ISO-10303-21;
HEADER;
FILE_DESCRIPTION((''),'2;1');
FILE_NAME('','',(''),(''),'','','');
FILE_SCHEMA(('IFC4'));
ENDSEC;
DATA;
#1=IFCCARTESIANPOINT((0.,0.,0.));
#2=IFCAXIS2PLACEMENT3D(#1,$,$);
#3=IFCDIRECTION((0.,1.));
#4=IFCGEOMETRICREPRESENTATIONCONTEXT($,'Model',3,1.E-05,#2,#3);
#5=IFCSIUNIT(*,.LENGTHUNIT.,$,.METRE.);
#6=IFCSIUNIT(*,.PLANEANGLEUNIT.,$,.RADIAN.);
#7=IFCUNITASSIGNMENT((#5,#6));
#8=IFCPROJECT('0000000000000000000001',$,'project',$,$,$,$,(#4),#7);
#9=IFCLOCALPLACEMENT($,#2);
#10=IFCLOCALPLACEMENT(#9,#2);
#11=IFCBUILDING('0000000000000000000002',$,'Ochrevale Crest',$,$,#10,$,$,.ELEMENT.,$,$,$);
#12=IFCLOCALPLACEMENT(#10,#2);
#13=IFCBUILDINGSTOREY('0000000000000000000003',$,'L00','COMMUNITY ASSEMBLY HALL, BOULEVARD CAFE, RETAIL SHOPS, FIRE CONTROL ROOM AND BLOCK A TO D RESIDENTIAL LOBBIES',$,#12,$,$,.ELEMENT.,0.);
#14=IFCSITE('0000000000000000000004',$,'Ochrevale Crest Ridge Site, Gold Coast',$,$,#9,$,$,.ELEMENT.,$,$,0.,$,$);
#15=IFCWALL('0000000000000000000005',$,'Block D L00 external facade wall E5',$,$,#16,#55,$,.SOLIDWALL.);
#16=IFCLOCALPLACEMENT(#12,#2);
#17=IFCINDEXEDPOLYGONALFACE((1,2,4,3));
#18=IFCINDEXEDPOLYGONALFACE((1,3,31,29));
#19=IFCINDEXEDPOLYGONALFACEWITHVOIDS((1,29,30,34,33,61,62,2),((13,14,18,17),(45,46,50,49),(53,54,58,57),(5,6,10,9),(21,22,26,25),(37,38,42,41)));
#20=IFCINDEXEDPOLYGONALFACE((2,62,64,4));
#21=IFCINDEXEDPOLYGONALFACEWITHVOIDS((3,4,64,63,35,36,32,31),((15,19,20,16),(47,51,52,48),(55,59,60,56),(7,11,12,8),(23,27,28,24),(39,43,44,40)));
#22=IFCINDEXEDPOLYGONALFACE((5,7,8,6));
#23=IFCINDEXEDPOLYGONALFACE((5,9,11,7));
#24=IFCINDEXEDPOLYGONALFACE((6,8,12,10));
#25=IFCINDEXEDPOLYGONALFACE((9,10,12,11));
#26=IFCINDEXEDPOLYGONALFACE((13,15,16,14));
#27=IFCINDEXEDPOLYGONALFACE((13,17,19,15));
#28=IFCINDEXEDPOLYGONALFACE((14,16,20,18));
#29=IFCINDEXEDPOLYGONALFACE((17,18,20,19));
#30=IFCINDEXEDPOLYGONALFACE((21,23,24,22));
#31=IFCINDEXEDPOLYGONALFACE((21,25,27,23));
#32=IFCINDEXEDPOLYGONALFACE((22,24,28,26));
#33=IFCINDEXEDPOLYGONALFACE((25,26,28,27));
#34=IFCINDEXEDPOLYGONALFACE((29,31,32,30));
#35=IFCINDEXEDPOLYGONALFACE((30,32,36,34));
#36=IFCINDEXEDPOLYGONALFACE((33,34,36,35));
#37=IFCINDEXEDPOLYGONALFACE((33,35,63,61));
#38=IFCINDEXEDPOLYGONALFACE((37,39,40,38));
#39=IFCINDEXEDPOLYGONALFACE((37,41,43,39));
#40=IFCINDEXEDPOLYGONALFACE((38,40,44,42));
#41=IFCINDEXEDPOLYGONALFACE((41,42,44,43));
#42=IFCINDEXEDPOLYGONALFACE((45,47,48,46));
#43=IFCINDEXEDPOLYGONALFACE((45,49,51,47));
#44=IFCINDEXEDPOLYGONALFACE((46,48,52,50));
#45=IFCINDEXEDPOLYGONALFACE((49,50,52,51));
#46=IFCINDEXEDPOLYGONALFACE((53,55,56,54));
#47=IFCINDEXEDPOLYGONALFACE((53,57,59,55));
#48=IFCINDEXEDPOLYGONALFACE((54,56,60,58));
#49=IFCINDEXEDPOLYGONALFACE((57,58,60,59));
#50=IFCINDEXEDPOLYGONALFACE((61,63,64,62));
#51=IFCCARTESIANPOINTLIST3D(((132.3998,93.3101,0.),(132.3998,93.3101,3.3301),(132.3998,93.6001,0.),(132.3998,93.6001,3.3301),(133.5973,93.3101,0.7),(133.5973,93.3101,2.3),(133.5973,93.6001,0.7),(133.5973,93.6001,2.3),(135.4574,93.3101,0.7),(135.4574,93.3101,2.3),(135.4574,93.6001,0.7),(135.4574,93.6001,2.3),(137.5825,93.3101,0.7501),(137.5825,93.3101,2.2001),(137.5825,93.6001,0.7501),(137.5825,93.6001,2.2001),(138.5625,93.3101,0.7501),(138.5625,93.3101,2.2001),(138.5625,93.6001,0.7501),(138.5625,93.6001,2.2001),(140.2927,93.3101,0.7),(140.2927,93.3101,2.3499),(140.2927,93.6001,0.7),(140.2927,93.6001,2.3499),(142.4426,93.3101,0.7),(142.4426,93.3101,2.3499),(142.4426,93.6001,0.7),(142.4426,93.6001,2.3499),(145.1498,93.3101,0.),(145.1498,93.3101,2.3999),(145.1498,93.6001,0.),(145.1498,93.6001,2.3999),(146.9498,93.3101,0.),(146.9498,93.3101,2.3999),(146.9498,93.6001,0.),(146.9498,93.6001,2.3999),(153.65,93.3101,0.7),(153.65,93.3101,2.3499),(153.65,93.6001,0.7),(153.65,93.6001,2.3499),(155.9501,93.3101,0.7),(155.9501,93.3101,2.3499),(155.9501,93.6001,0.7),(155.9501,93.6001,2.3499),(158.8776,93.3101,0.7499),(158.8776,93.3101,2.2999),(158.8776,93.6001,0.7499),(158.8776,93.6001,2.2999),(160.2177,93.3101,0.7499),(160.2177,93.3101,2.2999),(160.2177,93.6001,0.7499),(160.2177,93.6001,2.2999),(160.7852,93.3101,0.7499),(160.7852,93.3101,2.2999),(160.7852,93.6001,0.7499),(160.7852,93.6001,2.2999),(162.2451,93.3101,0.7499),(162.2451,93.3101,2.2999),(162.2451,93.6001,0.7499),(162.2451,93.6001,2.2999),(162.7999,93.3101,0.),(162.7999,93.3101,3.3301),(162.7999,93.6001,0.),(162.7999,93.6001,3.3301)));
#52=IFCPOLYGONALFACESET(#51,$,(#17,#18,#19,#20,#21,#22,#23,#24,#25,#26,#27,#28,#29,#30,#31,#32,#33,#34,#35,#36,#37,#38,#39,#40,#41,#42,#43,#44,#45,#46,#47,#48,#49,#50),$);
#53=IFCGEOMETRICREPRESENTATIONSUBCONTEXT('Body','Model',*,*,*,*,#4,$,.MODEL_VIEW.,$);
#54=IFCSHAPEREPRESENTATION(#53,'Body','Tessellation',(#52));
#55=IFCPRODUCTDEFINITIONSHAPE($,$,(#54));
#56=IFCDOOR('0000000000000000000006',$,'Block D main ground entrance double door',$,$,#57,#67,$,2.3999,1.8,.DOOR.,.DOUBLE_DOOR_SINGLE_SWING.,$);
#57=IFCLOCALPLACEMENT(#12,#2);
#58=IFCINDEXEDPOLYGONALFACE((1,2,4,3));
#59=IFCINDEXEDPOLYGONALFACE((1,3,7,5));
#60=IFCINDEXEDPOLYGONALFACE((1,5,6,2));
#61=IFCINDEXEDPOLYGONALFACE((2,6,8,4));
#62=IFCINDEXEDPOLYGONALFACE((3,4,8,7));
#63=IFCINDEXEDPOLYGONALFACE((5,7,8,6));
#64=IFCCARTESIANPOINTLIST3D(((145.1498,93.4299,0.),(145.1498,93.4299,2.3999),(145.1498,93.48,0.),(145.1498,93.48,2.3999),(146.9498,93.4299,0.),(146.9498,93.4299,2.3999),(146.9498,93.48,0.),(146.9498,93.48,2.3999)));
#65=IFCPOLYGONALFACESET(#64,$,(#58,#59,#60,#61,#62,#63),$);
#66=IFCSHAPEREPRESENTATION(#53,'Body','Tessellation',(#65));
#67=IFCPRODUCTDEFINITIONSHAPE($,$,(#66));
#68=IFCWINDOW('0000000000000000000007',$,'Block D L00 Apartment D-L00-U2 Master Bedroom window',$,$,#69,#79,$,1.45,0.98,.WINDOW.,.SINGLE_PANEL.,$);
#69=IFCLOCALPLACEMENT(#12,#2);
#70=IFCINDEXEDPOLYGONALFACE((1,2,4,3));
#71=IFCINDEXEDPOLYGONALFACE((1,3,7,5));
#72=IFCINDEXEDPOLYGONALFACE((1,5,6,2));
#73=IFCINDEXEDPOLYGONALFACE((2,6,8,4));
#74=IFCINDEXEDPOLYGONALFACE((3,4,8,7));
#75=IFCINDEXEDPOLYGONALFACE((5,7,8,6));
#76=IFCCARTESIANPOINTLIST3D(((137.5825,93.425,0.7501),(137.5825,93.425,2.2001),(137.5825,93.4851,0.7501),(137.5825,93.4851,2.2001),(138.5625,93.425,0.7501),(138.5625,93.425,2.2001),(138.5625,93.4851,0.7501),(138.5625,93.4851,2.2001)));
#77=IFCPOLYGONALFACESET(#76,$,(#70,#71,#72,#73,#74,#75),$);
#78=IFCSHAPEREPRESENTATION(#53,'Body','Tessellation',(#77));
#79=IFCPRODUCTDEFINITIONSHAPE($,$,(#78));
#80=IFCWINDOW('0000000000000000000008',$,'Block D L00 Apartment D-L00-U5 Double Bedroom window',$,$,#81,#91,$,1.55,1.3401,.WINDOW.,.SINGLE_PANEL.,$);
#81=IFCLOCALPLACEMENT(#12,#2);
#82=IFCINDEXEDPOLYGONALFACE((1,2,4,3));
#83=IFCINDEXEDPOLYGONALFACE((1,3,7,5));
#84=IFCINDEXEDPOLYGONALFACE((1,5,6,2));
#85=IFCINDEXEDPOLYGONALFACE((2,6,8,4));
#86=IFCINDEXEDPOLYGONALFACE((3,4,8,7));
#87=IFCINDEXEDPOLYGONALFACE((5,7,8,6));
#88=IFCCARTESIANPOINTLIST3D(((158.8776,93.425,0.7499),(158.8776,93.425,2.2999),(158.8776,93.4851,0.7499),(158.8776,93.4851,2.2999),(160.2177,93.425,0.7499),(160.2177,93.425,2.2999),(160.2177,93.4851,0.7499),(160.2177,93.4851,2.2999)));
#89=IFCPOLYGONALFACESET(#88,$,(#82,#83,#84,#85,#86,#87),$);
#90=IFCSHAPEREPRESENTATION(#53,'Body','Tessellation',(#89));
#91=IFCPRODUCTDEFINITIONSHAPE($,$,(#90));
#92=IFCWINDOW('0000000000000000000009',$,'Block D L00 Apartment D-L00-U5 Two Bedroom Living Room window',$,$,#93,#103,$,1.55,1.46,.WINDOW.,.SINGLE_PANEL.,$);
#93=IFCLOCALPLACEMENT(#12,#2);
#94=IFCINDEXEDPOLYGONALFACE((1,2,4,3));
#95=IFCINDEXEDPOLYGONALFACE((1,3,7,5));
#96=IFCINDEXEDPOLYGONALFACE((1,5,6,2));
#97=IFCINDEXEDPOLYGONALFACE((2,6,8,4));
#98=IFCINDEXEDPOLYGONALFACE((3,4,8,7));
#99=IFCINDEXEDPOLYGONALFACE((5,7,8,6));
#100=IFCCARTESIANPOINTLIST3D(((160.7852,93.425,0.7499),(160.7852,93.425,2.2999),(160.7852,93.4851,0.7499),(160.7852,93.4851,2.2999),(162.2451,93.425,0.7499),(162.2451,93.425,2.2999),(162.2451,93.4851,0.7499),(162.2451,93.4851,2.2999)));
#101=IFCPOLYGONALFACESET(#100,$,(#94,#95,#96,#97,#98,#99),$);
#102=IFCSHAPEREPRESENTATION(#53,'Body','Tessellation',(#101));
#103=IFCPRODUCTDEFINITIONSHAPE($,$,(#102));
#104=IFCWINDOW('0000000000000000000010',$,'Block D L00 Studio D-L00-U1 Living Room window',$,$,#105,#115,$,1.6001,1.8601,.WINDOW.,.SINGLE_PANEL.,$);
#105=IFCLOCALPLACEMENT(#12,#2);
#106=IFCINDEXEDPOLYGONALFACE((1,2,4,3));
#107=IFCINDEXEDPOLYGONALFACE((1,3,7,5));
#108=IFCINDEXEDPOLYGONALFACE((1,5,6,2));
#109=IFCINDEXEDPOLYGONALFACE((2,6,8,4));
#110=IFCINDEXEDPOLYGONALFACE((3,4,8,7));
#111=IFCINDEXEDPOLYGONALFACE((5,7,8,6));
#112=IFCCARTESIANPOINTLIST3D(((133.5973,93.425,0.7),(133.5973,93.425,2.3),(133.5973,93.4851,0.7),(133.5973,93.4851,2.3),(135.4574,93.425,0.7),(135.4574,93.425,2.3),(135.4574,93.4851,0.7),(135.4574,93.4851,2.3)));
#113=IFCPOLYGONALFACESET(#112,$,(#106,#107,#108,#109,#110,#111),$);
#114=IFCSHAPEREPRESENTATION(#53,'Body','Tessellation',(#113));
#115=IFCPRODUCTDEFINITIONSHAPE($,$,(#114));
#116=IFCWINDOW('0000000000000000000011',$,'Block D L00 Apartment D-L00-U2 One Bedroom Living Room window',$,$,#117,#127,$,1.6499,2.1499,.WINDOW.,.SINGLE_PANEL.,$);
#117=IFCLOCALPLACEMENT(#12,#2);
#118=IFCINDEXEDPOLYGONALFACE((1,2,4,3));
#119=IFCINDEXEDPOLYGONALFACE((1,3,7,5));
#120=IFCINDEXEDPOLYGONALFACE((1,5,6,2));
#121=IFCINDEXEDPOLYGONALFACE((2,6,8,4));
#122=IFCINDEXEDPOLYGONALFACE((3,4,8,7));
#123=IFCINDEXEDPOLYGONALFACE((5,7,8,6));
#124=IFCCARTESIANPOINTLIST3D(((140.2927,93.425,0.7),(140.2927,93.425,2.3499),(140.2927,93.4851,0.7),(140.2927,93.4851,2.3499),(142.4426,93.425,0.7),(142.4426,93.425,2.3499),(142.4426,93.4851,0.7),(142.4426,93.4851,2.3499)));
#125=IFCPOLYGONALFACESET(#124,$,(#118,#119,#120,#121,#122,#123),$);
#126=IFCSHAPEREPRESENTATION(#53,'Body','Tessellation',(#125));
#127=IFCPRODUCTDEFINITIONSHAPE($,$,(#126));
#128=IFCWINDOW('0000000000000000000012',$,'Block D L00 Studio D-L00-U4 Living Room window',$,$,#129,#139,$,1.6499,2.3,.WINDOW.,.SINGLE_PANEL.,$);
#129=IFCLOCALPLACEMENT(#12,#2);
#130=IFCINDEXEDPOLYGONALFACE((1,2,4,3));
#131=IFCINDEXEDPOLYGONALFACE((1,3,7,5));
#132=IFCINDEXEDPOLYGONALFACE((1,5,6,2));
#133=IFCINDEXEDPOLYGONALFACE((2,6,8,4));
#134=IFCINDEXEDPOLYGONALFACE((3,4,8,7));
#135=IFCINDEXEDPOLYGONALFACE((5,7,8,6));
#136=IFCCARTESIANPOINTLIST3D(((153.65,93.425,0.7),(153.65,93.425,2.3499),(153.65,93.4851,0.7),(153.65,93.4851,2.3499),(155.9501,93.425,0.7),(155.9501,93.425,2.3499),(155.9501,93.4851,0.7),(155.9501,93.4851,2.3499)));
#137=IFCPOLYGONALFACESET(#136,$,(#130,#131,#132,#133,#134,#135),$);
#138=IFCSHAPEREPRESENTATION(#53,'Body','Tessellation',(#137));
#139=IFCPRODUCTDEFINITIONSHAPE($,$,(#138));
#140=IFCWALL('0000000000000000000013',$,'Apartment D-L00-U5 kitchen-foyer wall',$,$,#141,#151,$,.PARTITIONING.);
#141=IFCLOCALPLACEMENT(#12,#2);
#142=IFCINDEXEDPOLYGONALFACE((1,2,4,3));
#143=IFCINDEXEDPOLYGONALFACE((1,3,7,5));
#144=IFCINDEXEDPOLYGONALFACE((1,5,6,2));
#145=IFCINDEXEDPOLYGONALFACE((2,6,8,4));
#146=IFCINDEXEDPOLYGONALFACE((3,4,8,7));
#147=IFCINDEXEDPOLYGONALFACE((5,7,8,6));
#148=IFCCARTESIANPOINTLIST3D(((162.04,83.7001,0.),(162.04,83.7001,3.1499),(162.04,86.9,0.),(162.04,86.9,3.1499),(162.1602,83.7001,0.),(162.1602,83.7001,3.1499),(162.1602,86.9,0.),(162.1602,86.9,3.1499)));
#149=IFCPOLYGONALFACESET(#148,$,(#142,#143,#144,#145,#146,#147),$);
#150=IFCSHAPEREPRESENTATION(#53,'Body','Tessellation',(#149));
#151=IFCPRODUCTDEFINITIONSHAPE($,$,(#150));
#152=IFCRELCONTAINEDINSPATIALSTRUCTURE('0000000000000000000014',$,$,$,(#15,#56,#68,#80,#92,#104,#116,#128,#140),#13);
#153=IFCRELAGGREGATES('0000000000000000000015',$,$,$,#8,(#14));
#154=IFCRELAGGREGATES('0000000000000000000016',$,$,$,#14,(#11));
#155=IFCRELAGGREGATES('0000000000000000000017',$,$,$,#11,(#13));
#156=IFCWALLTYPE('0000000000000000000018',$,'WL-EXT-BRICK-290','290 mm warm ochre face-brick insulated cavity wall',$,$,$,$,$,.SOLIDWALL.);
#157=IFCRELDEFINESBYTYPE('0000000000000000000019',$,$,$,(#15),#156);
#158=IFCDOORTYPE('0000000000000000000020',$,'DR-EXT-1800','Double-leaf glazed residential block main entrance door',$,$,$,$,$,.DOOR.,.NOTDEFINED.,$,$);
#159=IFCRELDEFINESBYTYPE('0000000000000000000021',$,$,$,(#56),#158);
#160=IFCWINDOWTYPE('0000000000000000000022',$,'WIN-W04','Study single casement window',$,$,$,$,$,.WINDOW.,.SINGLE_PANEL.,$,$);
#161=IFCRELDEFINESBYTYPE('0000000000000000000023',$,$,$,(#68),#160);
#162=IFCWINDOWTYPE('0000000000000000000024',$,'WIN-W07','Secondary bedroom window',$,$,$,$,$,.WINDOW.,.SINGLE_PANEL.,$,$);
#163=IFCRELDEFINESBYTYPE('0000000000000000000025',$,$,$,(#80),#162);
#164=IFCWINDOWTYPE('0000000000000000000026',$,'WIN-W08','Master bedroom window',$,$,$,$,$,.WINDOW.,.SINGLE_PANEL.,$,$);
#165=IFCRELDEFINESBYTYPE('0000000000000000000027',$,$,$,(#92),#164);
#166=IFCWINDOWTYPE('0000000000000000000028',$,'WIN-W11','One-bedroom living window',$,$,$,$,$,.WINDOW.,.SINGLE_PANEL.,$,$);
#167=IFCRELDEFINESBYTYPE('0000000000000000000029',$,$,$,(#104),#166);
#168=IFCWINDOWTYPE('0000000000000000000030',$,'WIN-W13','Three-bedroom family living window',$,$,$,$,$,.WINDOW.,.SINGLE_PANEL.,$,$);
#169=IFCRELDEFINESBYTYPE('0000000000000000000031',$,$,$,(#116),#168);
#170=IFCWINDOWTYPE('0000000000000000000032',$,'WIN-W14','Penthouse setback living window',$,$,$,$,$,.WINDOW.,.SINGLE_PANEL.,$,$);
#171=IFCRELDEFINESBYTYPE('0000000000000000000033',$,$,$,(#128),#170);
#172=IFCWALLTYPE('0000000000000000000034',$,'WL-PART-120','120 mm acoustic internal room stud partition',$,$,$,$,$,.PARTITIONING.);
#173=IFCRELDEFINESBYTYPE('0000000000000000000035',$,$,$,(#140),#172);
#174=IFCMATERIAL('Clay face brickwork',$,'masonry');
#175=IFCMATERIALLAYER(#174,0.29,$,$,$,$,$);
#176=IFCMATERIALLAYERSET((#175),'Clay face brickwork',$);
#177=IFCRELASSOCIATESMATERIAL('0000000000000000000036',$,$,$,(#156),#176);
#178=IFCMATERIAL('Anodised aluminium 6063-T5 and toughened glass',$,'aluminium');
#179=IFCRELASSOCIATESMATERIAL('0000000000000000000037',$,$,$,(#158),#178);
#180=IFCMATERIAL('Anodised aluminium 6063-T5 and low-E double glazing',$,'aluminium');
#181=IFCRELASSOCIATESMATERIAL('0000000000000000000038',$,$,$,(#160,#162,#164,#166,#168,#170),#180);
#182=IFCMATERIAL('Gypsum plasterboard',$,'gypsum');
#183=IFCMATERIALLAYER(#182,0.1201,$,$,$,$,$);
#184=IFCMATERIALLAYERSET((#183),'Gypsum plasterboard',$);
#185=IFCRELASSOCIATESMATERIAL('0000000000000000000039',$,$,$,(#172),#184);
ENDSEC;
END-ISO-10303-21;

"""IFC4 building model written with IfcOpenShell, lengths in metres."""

from ifc_helpers import new_model, si_unit, direction, frame, frame_2d, origin, place, context, subcontext, project, spatial, rectangle, extrude, material, layer, layer_set, type_object, element, fill, save


model = new_model("IFC4")

# Units and contexts
model_context = context("Model", 3, precision=1e-05, world=origin(), true_north=direction((0.0, 1.0)))
body_context = subcontext(model_context, "Body", "Model", "MODEL_VIEW")
ifc_project = project(units=[si_unit("LENGTHUNIT", "METRE"), si_unit("PLANEANGLEUNIT", "RADIAN")], contexts=[model_context])

# Site, building, storey
site_placement = place(None, origin())
site = spatial("IfcSite", under=ifc_project, at=site_placement, Name="Ochrevale Crest Ridge Site, Gold Coast", CompositionType="ELEMENT", RefElevation=0.0)
building_placement = place(site_placement, origin())
building = spatial("IfcBuilding", under=site, at=building_placement, Name="Ochrevale Crest", CompositionType="ELEMENT")
storey_placement = place(building_placement, origin())
storey = spatial("IfcBuildingStorey", under=building, at=storey_placement, Name="L00", Description="COMMUNITY ASSEMBLY HALL, BOULEVARD CAFE, RETAIL SHOPS, FIRE CONTROL ROOM AND BLOCK A TO D RESIDENTIAL LOBBIES", CompositionType="ELEMENT", Elevation=0.0)

# Shared definitions
ifc_material_1 = material(Name="Clay face brickwork", Category="masonry")
ifc_layer_1 = layer(ifc_material_1, 0.29)
ifc_layer_set_1 = layer_set([ifc_layer_1], Name="Clay face brickwork")
wall_type_1 = type_object("IfcWallType", Name="WL-EXT-BRICK-290", Description="290 mm warm ochre face-brick insulated cavity wall", PredefinedType="SOLIDWALL", material=ifc_layer_set_1)
ifc_material_2 = material(Name="Anodised aluminium 6063-T5 and low-E double glazing", Category="aluminium")

# Wall, openings, door, windows
wall_1_placement = place(storey_placement, frame((162.8, 93.4551, 0.0), z_axis=(0.0, 0.0, 1.0), x_axis=(-1.0, 0.0, 0.0)))
wall_1 = element("IfcWall", 1, at=wall_1_placement, inside=storey, type_object=wall_type_1, Name="Block D L00 external facade wall E5", PredefinedType="SOLIDWALL", context=body_context, shape_type="SweptSolid", body=[
    extrude(rectangle(XDim=30.4001, YDim=0.29, at=frame_2d((15.2002, 0.0))), origin(), (0.0, 0.0, 1.0), 3.3301),
])
opening_1_placement = place(wall_1_placement, frame((17.6501, 0.0, 0.0), z_axis=(0.0, 0.0, 1.0), x_axis=(-1.0, 0.0, 0.0)))
opening_1 = element("IfcOpeningElement", 2, at=opening_1_placement, cuts=wall_1, PredefinedType="OPENING", context=body_context, shape_type="SweptSolid", body=[
    extrude(rectangle(XDim=1.8, YDim=2.3999, at=frame_2d((0.8999, 1.2))), frame((0.0, 0.155, 0.0), z_axis=(0.0, -1.0, 0.0), x_axis=(1.0, 0.0, 0.0)), (0.0, 0.0, 1.0), 0.3101),
])
opening_2_placement = place(wall_1_placement, frame((27.3425, 0.0, 0.7)))
opening_2 = element("IfcOpeningElement", 3, at=opening_2_placement, cuts=wall_1, PredefinedType="OPENING", context=body_context, shape_type="SweptSolid", body=[
    extrude(rectangle(XDim=1.8601, YDim=1.6001, at=frame_2d((0.9302, 0.8))), frame((0.0, 0.155, 0.0), z_axis=(0.0, -1.0, 0.0), x_axis=(1.0, 0.0, 0.0)), (0.0, 0.0, 1.0), 0.3101),
])
opening_3_placement = place(wall_1_placement, frame((24.2375, 0.0, 0.75)))
opening_3 = element("IfcOpeningElement", 4, at=opening_3_placement, cuts=wall_1, PredefinedType="OPENING", context=body_context, shape_type="SweptSolid", body=[
    extrude(rectangle(XDim=0.98, YDim=1.45, at=frame_2d((0.49, 0.7251))), frame((0.0, 0.155, 0.0), z_axis=(0.0, -1.0, 0.0), x_axis=(1.0, 0.0, 0.0)), (0.0, 0.0, 1.0), 0.3101),
])
opening_4_placement = place(wall_1_placement, frame((20.3574, 0.0, 0.7)))
opening_4 = element("IfcOpeningElement", 5, at=opening_4_placement, cuts=wall_1, PredefinedType="OPENING", context=body_context, shape_type="SweptSolid", body=[
    extrude(rectangle(XDim=2.1499, YDim=1.6499, at=frame_2d((1.075, 0.825))), frame((0.0, 0.155, 0.0), z_axis=(0.0, -1.0, 0.0), x_axis=(1.0, 0.0, 0.0)), (0.0, 0.0, 1.0), 0.3101),
])
opening_5_placement = place(wall_1_placement, frame((6.8501, 0.0, 0.7)))
opening_5 = element("IfcOpeningElement", 6, at=opening_5_placement, cuts=wall_1, PredefinedType="OPENING", context=body_context, shape_type="SweptSolid", body=[
    extrude(rectangle(XDim=2.3, YDim=1.6499, at=frame_2d((1.1499, 0.825))), frame((0.0, 0.155, 0.0), z_axis=(0.0, -1.0, 0.0), x_axis=(1.0, 0.0, 0.0)), (0.0, 0.0, 1.0), 0.3101),
])
opening_6_placement = place(wall_1_placement, frame((2.5825, 0.0, 0.75)))
opening_6 = element("IfcOpeningElement", 7, at=opening_6_placement, cuts=wall_1, PredefinedType="OPENING", context=body_context, shape_type="SweptSolid", body=[
    extrude(rectangle(XDim=1.3401, YDim=1.55, at=frame_2d((0.6699, 0.7749))), frame((0.0, 0.155, 0.0), z_axis=(0.0, -1.0, 0.0), x_axis=(1.0, 0.0, 0.0)), (0.0, 0.0, 1.0), 0.3101),
])
opening_7_placement = place(wall_1_placement, frame((0.5549, 0.0, 0.75)))
opening_7 = element("IfcOpeningElement", 8, at=opening_7_placement, cuts=wall_1, PredefinedType="OPENING", context=body_context, shape_type="SweptSolid", body=[
    extrude(rectangle(XDim=1.46, YDim=1.55, at=frame_2d((0.73, 0.7749))), frame((0.0, 0.155, 0.0), z_axis=(0.0, -1.0, 0.0), x_axis=(1.0, 0.0, 0.0)), (0.0, 0.0, 1.0), 0.3101),
])
ifc_material_3 = material(Name="Anodised aluminium 6063-T5 and toughened glass", Category="aluminium")
door_type_1 = type_object("IfcDoorType", Name="DR-EXT-1800", Description="Double-leaf glazed residential block main entrance door", OperationType="NOTDEFINED", PredefinedType="DOOR", material=ifc_material_3)
door_1_placement = place(opening_1_placement, origin())
door_1 = element("IfcDoor", 9, at=door_1_placement, inside=storey, type_object=door_type_1, Name="Block D main ground entrance double door", OperationType="DOUBLE_DOOR_SINGLE_SWING", OverallHeight=2.3999, OverallWidth=1.8, PredefinedType="DOOR", context=body_context, shape_type="SweptSolid", body=[
    extrude(rectangle(XDim=1.8, YDim=2.3999, at=frame_2d((0.8999, 1.2))), frame((0.0, 0.0249, 0.0), z_axis=(0.0, -1.0, 0.0), x_axis=(1.0, 0.0, 0.0)), (0.0, 0.0, 1.0), 0.05),
])
fill(opening_1, door_1)
window_type_1 = type_object("IfcWindowType", Name="WIN-W04", Description="Study single casement window", PartitioningType="SINGLE_PANEL", PredefinedType="WINDOW", material=ifc_material_2)
window_1_placement = place(opening_3_placement, origin())
window_1 = element("IfcWindow", 10, at=window_1_placement, inside=storey, type_object=window_type_1, Name="Block D L00 Apartment D-L00-U2 Master Bedroom window", OverallHeight=1.45, OverallWidth=0.98, PartitioningType="SINGLE_PANEL", PredefinedType="WINDOW", context=body_context, shape_type="SweptSolid", body=[
    extrude(rectangle(XDim=0.98, YDim=1.45, at=frame_2d((0.49, 0.7251))), frame((0.0, 0.03, 0.0), z_axis=(0.0, -1.0, 0.0), x_axis=(1.0, 0.0, 0.0)), (0.0, 0.0, 1.0), 0.0601),
])
fill(opening_3, window_1)
window_type_2 = type_object("IfcWindowType", Name="WIN-W07", Description="Secondary bedroom window", PartitioningType="SINGLE_PANEL", PredefinedType="WINDOW", material=ifc_material_2)
window_2_placement = place(opening_6_placement, origin())
window_2 = element("IfcWindow", 11, at=window_2_placement, inside=storey, type_object=window_type_2, Name="Block D L00 Apartment D-L00-U5 Double Bedroom window", OverallHeight=1.55, OverallWidth=1.3401, PartitioningType="SINGLE_PANEL", PredefinedType="WINDOW", context=body_context, shape_type="SweptSolid", body=[
    extrude(rectangle(XDim=1.3401, YDim=1.55, at=frame_2d((0.6699, 0.7749))), frame((0.0, 0.03, 0.0), z_axis=(0.0, -1.0, 0.0), x_axis=(1.0, 0.0, 0.0)), (0.0, 0.0, 1.0), 0.0601),
])
fill(opening_6, window_2)
window_type_3 = type_object("IfcWindowType", Name="WIN-W08", Description="Master bedroom window", PartitioningType="SINGLE_PANEL", PredefinedType="WINDOW", material=ifc_material_2)
window_3_placement = place(opening_7_placement, origin())
window_3 = element("IfcWindow", 12, at=window_3_placement, inside=storey, type_object=window_type_3, Name="Block D L00 Apartment D-L00-U5 Two Bedroom Living Room window", OverallHeight=1.55, OverallWidth=1.46, PartitioningType="SINGLE_PANEL", PredefinedType="WINDOW", context=body_context, shape_type="SweptSolid", body=[
    extrude(rectangle(XDim=1.46, YDim=1.55, at=frame_2d((0.73, 0.7749))), frame((0.0, 0.03, 0.0), z_axis=(0.0, -1.0, 0.0), x_axis=(1.0, 0.0, 0.0)), (0.0, 0.0, 1.0), 0.0601),
])
fill(opening_7, window_3)
window_type_4 = type_object("IfcWindowType", Name="WIN-W11", Description="One-bedroom living window", PartitioningType="SINGLE_PANEL", PredefinedType="WINDOW", material=ifc_material_2)
window_4_placement = place(opening_2_placement, origin())
window_4 = element("IfcWindow", 13, at=window_4_placement, inside=storey, type_object=window_type_4, Name="Block D L00 Studio D-L00-U1 Living Room window", OverallHeight=1.6001, OverallWidth=1.8601, PartitioningType="SINGLE_PANEL", PredefinedType="WINDOW", context=body_context, shape_type="SweptSolid", body=[
    extrude(rectangle(XDim=1.8601, YDim=1.6001, at=frame_2d((0.9302, 0.8))), frame((0.0, 0.03, 0.0), z_axis=(0.0, -1.0, 0.0), x_axis=(1.0, 0.0, 0.0)), (0.0, 0.0, 1.0), 0.0601),
])
fill(opening_2, window_4)
window_type_5 = type_object("IfcWindowType", Name="WIN-W13", Description="Three-bedroom family living window", PartitioningType="SINGLE_PANEL", PredefinedType="WINDOW", material=ifc_material_2)
window_5_placement = place(opening_4_placement, origin())
window_5 = element("IfcWindow", 14, at=window_5_placement, inside=storey, type_object=window_type_5, Name="Block D L00 Apartment D-L00-U2 One Bedroom Living Room window", OverallHeight=1.6499, OverallWidth=2.1499, PartitioningType="SINGLE_PANEL", PredefinedType="WINDOW", context=body_context, shape_type="SweptSolid", body=[
    extrude(rectangle(XDim=2.1499, YDim=1.6499, at=frame_2d((1.075, 0.825))), frame((0.0, 0.03, 0.0), z_axis=(0.0, -1.0, 0.0), x_axis=(1.0, 0.0, 0.0)), (0.0, 0.0, 1.0), 0.0601),
])
fill(opening_4, window_5)
window_type_6 = type_object("IfcWindowType", Name="WIN-W14", Description="Penthouse setback living window", PartitioningType="SINGLE_PANEL", PredefinedType="WINDOW", material=ifc_material_2)
window_6_placement = place(opening_5_placement, origin())
window_6 = element("IfcWindow", 15, at=window_6_placement, inside=storey, type_object=window_type_6, Name="Block D L00 Studio D-L00-U4 Living Room window", OverallHeight=1.6499, OverallWidth=2.3, PartitioningType="SINGLE_PANEL", PredefinedType="WINDOW", context=body_context, shape_type="SweptSolid", body=[
    extrude(rectangle(XDim=2.3, YDim=1.6499, at=frame_2d((1.1499, 0.825))), frame((0.0, 0.03, 0.0), z_axis=(0.0, -1.0, 0.0), x_axis=(1.0, 0.0, 0.0)), (0.0, 0.0, 1.0), 0.0601),
])
fill(opening_5, window_6)

# Wall
ifc_material_4 = material(Name="Gypsum plasterboard", Category="gypsum")
ifc_layer_2 = layer(ifc_material_4, 0.1201)
ifc_layer_set_2 = layer_set([ifc_layer_2], Name="Gypsum plasterboard")
wall_type_2 = type_object("IfcWallType", Name="WL-PART-120", Description="120 mm acoustic internal room stud partition", PredefinedType="PARTITIONING", material=ifc_layer_set_2)
wall_2_placement = place(storey_placement, frame((162.1001, 83.7, 0.0), z_axis=(0.0, 0.0, 1.0), x_axis=(0.0, 1.0, 0.0)))
element("IfcWall", 16, at=wall_2_placement, inside=storey, type_object=wall_type_2, Name="Apartment D-L00-U5 kitchen-foyer wall", PredefinedType="PARTITIONING", context=body_context, shape_type="SweptSolid", body=[
    extrude(rectangle(XDim=3.2, YDim=0.1201, at=frame_2d((1.6001, 0.0))), origin(), (0.0, 0.0, 1.0), 3.1499),
])

save(model, "model.ifc")
